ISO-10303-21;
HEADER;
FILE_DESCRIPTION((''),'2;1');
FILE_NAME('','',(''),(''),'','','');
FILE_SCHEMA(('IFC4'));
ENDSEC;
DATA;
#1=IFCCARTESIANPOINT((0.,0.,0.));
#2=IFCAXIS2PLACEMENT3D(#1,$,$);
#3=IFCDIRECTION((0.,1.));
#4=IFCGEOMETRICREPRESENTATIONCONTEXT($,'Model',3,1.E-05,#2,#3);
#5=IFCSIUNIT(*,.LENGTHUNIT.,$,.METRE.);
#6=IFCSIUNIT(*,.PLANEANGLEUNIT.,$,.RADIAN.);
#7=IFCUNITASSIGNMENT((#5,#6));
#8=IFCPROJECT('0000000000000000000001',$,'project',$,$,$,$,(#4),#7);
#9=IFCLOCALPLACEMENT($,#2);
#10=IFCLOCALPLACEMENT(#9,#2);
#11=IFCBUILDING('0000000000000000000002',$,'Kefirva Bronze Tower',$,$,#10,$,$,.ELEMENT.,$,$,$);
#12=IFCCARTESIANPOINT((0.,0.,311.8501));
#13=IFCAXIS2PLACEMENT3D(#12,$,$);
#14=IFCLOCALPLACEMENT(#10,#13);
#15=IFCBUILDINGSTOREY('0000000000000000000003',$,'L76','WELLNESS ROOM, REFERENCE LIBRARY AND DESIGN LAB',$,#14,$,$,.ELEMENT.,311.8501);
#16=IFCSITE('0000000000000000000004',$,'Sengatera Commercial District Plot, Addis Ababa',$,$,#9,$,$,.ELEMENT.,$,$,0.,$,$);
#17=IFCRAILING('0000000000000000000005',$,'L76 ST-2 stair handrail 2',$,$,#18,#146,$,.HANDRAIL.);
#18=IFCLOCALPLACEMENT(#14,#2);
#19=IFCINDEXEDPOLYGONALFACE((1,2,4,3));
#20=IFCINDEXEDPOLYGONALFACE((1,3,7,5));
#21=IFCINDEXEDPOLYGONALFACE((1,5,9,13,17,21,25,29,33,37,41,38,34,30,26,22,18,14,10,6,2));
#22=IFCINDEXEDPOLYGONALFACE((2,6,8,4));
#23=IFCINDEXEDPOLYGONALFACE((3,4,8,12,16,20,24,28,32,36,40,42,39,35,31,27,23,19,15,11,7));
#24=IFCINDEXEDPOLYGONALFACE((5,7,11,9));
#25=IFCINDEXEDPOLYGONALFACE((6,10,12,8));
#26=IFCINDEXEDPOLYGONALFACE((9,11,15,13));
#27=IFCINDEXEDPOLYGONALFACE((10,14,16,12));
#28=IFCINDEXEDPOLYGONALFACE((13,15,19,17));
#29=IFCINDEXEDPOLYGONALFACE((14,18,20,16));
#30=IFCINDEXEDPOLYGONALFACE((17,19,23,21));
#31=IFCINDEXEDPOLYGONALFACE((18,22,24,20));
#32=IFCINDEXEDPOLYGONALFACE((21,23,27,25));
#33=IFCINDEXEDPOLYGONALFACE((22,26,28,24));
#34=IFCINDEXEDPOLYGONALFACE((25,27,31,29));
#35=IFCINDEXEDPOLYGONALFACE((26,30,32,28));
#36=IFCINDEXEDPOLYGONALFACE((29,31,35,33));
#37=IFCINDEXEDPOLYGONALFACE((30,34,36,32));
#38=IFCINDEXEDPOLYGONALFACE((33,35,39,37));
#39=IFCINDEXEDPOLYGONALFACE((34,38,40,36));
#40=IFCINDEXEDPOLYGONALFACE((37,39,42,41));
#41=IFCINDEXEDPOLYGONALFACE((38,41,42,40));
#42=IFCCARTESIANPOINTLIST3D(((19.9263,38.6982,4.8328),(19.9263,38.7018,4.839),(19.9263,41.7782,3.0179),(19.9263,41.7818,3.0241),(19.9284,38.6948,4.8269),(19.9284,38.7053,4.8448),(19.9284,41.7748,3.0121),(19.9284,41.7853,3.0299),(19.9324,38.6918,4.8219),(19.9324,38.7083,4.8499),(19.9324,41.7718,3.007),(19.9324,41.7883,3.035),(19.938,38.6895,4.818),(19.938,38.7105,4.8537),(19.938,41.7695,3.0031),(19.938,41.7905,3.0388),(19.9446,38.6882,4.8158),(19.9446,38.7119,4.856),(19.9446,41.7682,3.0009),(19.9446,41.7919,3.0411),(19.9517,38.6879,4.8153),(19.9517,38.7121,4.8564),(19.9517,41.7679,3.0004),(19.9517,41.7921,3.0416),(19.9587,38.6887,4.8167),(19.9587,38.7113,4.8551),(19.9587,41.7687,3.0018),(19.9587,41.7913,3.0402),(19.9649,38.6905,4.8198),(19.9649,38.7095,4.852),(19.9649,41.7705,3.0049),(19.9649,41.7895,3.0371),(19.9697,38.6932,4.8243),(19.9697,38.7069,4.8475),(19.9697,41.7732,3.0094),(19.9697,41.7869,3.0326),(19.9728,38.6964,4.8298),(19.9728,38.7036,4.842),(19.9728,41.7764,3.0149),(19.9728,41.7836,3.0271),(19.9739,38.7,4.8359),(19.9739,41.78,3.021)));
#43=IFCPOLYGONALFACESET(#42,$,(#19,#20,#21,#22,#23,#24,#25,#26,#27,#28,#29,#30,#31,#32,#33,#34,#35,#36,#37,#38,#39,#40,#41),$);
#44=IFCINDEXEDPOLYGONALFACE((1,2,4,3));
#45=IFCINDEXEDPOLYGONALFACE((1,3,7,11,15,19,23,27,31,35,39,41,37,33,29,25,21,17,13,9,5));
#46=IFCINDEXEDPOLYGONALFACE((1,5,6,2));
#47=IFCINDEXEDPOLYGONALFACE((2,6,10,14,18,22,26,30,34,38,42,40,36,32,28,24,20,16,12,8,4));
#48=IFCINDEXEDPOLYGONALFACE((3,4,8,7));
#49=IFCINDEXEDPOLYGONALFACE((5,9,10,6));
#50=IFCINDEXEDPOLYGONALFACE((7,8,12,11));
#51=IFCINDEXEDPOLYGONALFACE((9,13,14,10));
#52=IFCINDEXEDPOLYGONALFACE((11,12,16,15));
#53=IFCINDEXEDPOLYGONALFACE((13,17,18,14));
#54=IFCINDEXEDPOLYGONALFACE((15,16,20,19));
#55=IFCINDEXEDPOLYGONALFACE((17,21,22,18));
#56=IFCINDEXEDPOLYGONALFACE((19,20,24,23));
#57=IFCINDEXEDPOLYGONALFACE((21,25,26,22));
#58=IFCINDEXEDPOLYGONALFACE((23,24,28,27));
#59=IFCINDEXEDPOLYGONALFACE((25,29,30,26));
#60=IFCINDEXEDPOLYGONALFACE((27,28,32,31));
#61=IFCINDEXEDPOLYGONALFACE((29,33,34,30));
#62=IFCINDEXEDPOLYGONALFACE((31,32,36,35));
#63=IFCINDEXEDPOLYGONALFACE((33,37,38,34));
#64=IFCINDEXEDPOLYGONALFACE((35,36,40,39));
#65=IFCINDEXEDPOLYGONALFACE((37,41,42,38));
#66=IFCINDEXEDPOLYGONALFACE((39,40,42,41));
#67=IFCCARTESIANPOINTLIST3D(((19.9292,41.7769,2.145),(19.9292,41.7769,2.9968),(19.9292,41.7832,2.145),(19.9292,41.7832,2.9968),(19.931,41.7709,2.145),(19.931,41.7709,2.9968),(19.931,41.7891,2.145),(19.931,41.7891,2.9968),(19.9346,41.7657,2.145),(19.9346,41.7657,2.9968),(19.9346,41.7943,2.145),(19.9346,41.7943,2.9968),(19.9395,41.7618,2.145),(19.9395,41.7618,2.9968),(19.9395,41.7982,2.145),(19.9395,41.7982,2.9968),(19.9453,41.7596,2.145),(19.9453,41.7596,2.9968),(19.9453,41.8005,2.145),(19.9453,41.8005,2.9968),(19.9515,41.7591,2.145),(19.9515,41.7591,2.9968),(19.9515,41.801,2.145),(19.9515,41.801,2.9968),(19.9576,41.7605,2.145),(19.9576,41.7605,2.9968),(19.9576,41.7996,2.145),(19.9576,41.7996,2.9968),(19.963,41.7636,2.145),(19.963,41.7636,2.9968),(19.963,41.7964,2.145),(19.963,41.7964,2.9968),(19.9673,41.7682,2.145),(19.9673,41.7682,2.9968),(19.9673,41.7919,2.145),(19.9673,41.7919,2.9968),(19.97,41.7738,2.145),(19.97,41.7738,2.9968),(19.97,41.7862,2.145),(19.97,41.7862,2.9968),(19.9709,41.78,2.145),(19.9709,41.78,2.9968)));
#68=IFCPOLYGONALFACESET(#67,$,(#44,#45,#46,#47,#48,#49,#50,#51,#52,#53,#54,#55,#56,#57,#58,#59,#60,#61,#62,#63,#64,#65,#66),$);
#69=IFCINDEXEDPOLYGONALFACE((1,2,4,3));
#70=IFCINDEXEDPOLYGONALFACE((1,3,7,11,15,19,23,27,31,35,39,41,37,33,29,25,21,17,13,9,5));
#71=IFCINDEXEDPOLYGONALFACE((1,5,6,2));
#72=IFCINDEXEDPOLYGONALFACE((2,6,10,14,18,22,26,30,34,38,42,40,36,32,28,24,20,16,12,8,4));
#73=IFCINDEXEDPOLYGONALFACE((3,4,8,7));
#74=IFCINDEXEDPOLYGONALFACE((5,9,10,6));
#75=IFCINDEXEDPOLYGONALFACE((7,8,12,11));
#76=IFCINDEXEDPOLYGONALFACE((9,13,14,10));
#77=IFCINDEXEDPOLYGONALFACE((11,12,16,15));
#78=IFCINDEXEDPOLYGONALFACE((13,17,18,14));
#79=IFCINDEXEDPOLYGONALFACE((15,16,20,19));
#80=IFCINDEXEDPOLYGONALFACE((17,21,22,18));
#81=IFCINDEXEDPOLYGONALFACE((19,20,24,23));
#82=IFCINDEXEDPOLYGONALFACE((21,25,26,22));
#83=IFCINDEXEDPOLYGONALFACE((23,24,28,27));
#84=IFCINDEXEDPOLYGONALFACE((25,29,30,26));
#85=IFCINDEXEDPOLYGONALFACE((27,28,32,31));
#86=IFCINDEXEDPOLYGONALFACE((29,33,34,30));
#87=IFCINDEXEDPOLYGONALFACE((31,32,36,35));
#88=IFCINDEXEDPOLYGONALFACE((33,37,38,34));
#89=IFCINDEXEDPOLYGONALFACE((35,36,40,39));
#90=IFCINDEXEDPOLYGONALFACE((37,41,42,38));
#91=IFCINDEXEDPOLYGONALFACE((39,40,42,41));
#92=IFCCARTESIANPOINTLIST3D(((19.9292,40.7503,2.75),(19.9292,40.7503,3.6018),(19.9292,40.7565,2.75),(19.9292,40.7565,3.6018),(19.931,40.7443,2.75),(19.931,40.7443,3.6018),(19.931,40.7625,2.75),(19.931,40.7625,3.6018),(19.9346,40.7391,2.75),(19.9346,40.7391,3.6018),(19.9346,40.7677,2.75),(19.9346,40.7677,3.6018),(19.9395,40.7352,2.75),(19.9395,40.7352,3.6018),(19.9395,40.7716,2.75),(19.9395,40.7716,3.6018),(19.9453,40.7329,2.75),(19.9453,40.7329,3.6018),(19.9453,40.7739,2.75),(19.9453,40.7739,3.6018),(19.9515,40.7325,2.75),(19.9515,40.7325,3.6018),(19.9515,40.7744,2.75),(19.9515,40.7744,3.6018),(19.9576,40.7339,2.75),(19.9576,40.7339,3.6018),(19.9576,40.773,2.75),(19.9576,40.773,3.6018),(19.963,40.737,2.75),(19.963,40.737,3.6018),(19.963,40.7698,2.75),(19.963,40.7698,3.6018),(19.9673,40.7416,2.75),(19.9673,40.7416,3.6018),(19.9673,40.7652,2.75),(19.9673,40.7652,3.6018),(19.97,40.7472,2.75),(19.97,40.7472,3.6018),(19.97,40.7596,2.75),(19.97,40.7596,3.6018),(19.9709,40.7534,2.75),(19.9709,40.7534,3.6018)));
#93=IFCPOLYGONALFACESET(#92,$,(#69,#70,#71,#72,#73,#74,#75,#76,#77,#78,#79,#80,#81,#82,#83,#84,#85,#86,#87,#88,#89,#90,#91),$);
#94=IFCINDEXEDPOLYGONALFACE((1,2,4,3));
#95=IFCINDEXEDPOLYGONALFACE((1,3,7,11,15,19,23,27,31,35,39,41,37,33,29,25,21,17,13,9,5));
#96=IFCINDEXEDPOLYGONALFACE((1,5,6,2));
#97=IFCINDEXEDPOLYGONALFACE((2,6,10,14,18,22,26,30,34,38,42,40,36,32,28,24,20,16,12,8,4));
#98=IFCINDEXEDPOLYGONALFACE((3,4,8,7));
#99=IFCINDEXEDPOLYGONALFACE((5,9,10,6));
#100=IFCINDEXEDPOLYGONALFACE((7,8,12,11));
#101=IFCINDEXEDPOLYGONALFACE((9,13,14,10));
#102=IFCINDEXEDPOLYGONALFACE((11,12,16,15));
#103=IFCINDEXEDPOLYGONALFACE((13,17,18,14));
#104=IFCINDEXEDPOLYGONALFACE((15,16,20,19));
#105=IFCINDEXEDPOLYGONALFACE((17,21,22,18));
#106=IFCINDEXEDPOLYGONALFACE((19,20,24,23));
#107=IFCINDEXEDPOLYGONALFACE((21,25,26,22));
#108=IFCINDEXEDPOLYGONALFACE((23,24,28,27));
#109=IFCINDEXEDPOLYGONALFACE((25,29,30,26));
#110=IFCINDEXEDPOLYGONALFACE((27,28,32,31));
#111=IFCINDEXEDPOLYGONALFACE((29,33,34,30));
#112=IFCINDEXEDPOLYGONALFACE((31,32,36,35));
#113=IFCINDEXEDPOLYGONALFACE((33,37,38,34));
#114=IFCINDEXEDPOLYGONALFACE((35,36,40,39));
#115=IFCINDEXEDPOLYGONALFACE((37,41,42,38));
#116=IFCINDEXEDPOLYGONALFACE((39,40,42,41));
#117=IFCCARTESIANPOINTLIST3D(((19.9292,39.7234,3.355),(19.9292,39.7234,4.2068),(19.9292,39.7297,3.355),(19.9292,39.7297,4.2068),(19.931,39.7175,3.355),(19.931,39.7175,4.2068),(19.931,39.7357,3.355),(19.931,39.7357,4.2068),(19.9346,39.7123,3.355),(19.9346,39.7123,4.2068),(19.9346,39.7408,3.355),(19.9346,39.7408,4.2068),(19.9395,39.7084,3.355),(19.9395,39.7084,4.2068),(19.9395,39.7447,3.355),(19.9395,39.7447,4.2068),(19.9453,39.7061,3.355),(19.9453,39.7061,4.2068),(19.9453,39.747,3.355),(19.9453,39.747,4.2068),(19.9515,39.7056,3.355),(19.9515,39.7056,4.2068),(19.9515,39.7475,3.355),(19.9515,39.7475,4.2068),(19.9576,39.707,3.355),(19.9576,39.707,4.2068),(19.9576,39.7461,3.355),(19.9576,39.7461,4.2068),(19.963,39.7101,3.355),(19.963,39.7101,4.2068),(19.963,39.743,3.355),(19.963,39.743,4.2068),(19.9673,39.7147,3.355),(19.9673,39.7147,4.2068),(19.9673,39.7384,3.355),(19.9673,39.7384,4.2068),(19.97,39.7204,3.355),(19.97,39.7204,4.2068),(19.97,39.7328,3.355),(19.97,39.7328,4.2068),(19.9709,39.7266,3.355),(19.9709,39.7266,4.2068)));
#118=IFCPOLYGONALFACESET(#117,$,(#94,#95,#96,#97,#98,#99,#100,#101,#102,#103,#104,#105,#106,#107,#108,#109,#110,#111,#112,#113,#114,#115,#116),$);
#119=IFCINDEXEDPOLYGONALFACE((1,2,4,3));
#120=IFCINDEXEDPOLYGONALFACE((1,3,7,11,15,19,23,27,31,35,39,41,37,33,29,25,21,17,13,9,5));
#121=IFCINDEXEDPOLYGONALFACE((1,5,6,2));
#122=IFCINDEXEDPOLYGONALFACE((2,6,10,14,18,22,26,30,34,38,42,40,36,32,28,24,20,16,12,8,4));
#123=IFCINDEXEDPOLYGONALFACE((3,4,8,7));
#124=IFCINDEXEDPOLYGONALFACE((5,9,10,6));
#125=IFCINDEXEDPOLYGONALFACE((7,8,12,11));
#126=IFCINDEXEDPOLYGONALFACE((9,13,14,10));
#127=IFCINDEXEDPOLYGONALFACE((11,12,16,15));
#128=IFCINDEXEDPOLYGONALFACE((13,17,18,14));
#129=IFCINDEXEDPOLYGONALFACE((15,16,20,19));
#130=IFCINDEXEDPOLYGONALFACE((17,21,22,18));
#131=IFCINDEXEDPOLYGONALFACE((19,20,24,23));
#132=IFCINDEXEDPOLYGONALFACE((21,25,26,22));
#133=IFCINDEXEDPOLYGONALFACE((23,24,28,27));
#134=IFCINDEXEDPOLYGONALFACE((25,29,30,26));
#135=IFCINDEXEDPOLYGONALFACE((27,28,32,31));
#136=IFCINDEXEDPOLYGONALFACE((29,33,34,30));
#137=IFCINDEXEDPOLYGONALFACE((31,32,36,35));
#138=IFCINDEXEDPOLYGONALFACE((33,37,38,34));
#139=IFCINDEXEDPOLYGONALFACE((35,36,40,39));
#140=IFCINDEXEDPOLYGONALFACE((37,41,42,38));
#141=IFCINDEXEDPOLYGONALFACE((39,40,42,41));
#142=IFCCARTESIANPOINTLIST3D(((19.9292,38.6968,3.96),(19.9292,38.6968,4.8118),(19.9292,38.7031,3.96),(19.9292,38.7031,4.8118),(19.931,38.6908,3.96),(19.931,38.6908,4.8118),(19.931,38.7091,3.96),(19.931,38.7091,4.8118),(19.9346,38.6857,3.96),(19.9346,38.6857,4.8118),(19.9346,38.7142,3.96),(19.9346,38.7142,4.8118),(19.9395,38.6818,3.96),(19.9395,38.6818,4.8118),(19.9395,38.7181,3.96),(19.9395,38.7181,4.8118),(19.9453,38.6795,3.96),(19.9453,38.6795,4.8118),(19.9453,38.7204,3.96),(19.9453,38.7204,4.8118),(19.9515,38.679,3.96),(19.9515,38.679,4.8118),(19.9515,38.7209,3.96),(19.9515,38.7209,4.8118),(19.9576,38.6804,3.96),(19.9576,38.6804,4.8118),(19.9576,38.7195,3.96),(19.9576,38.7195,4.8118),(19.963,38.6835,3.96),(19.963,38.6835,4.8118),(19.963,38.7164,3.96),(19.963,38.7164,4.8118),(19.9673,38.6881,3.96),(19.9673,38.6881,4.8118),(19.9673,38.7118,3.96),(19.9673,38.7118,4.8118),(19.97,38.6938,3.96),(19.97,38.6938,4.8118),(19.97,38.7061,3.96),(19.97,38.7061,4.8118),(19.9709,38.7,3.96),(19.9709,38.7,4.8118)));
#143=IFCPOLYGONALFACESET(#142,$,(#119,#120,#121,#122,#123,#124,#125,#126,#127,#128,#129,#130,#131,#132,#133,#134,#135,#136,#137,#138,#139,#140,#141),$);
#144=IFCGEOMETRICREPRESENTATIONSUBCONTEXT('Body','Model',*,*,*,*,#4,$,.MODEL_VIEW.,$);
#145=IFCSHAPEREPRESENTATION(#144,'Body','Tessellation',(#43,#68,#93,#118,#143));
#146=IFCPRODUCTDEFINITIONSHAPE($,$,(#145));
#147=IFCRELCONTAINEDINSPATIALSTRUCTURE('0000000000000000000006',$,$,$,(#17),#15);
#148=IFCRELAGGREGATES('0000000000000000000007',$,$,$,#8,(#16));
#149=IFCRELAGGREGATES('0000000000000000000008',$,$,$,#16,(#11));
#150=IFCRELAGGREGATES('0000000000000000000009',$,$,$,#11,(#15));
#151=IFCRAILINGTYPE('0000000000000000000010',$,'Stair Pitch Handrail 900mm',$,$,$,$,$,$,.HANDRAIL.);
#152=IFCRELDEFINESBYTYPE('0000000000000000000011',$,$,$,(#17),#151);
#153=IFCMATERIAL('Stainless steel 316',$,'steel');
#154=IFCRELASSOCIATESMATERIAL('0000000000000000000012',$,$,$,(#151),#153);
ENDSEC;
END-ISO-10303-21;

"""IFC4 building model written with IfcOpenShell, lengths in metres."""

from ifc_helpers import new_model, si_unit, direction, frame, origin, origin_2d, place, context, subcontext, project, spatial, circle, extrude, material, type_object, element, save


model = new_model("IFC4")

# Units and contexts
model_context = context("Model", 3, precision=1e-05, world=origin(), true_north=direction((0.0, 1.0)))
body_context = subcontext(model_context, "Body", "Model", "MODEL_VIEW")
ifc_project = project(units=[si_unit("LENGTHUNIT", "METRE"), si_unit("PLANEANGLEUNIT", "RADIAN")], contexts=[model_context])

# Site, building, storey
site_placement = place(None, origin())
site = spatial("IfcSite", under=ifc_project, at=site_placement, Name="Sengatera Commercial District Plot, Addis Ababa", CompositionType="ELEMENT", RefElevation=0.0)
building_placement = place(site_placement, origin())
building = spatial("IfcBuilding", under=site, at=building_placement, Name="Kefirva Bronze Tower", CompositionType="ELEMENT")
storey_placement = place(building_placement, frame((0.0, 0.0, 311.8501)))
storey = spatial("IfcBuildingStorey", under=building, at=storey_placement, Name="L76", Description="WELLNESS ROOM, REFERENCE LIBRARY AND DESIGN LAB", CompositionType="ELEMENT", Elevation=311.8501)

# Shared definitions
ifc_material_1 = material(Name="Stainless steel 316", Category="steel")

# Railing
railing_type_1 = type_object("IfcRailingType", Name="Stair Pitch Handrail 900mm", PredefinedType="HANDRAIL", material=ifc_material_1)
railing_1_placement = place(storey_placement, frame((19.95, 41.78, 2.145)))
element("IfcRailing", 1, at=railing_1_placement, inside=storey, type_object=railing_type_1, Name="L76 ST-2 stair handrail 2", PredefinedType="HANDRAIL", context=body_context, shape_type="SweptSolid", body=[
    extrude(circle(Radius=0.0239, at=origin_2d()), frame((0.0, 0.0, 0.876), z_axis=(0.0, -0.861551, 0.507671), x_axis=(1.0, 0.0, 0.0)), (0.0, 0.0, 1.0), 3.575),
    extrude(circle(Radius=0.021, at=origin_2d()), origin(), (0.0, 0.0, 1.0), 0.8518),
    extrude(circle(Radius=0.021, at=origin_2d()), frame((0.0, -1.0266, 0.605)), (0.0, 0.0, 1.0), 0.8518),
    extrude(circle(Radius=0.021, at=origin_2d()), frame((0.0, -2.0535, 1.21)), (0.0, 0.0, 1.0), 0.8518),
    extrude(circle(Radius=0.021, at=origin_2d()), frame((0.0, -3.0801, 1.8149)), (0.0, 0.0, 1.0), 0.8518),
])

save(model, "model.ifc")
